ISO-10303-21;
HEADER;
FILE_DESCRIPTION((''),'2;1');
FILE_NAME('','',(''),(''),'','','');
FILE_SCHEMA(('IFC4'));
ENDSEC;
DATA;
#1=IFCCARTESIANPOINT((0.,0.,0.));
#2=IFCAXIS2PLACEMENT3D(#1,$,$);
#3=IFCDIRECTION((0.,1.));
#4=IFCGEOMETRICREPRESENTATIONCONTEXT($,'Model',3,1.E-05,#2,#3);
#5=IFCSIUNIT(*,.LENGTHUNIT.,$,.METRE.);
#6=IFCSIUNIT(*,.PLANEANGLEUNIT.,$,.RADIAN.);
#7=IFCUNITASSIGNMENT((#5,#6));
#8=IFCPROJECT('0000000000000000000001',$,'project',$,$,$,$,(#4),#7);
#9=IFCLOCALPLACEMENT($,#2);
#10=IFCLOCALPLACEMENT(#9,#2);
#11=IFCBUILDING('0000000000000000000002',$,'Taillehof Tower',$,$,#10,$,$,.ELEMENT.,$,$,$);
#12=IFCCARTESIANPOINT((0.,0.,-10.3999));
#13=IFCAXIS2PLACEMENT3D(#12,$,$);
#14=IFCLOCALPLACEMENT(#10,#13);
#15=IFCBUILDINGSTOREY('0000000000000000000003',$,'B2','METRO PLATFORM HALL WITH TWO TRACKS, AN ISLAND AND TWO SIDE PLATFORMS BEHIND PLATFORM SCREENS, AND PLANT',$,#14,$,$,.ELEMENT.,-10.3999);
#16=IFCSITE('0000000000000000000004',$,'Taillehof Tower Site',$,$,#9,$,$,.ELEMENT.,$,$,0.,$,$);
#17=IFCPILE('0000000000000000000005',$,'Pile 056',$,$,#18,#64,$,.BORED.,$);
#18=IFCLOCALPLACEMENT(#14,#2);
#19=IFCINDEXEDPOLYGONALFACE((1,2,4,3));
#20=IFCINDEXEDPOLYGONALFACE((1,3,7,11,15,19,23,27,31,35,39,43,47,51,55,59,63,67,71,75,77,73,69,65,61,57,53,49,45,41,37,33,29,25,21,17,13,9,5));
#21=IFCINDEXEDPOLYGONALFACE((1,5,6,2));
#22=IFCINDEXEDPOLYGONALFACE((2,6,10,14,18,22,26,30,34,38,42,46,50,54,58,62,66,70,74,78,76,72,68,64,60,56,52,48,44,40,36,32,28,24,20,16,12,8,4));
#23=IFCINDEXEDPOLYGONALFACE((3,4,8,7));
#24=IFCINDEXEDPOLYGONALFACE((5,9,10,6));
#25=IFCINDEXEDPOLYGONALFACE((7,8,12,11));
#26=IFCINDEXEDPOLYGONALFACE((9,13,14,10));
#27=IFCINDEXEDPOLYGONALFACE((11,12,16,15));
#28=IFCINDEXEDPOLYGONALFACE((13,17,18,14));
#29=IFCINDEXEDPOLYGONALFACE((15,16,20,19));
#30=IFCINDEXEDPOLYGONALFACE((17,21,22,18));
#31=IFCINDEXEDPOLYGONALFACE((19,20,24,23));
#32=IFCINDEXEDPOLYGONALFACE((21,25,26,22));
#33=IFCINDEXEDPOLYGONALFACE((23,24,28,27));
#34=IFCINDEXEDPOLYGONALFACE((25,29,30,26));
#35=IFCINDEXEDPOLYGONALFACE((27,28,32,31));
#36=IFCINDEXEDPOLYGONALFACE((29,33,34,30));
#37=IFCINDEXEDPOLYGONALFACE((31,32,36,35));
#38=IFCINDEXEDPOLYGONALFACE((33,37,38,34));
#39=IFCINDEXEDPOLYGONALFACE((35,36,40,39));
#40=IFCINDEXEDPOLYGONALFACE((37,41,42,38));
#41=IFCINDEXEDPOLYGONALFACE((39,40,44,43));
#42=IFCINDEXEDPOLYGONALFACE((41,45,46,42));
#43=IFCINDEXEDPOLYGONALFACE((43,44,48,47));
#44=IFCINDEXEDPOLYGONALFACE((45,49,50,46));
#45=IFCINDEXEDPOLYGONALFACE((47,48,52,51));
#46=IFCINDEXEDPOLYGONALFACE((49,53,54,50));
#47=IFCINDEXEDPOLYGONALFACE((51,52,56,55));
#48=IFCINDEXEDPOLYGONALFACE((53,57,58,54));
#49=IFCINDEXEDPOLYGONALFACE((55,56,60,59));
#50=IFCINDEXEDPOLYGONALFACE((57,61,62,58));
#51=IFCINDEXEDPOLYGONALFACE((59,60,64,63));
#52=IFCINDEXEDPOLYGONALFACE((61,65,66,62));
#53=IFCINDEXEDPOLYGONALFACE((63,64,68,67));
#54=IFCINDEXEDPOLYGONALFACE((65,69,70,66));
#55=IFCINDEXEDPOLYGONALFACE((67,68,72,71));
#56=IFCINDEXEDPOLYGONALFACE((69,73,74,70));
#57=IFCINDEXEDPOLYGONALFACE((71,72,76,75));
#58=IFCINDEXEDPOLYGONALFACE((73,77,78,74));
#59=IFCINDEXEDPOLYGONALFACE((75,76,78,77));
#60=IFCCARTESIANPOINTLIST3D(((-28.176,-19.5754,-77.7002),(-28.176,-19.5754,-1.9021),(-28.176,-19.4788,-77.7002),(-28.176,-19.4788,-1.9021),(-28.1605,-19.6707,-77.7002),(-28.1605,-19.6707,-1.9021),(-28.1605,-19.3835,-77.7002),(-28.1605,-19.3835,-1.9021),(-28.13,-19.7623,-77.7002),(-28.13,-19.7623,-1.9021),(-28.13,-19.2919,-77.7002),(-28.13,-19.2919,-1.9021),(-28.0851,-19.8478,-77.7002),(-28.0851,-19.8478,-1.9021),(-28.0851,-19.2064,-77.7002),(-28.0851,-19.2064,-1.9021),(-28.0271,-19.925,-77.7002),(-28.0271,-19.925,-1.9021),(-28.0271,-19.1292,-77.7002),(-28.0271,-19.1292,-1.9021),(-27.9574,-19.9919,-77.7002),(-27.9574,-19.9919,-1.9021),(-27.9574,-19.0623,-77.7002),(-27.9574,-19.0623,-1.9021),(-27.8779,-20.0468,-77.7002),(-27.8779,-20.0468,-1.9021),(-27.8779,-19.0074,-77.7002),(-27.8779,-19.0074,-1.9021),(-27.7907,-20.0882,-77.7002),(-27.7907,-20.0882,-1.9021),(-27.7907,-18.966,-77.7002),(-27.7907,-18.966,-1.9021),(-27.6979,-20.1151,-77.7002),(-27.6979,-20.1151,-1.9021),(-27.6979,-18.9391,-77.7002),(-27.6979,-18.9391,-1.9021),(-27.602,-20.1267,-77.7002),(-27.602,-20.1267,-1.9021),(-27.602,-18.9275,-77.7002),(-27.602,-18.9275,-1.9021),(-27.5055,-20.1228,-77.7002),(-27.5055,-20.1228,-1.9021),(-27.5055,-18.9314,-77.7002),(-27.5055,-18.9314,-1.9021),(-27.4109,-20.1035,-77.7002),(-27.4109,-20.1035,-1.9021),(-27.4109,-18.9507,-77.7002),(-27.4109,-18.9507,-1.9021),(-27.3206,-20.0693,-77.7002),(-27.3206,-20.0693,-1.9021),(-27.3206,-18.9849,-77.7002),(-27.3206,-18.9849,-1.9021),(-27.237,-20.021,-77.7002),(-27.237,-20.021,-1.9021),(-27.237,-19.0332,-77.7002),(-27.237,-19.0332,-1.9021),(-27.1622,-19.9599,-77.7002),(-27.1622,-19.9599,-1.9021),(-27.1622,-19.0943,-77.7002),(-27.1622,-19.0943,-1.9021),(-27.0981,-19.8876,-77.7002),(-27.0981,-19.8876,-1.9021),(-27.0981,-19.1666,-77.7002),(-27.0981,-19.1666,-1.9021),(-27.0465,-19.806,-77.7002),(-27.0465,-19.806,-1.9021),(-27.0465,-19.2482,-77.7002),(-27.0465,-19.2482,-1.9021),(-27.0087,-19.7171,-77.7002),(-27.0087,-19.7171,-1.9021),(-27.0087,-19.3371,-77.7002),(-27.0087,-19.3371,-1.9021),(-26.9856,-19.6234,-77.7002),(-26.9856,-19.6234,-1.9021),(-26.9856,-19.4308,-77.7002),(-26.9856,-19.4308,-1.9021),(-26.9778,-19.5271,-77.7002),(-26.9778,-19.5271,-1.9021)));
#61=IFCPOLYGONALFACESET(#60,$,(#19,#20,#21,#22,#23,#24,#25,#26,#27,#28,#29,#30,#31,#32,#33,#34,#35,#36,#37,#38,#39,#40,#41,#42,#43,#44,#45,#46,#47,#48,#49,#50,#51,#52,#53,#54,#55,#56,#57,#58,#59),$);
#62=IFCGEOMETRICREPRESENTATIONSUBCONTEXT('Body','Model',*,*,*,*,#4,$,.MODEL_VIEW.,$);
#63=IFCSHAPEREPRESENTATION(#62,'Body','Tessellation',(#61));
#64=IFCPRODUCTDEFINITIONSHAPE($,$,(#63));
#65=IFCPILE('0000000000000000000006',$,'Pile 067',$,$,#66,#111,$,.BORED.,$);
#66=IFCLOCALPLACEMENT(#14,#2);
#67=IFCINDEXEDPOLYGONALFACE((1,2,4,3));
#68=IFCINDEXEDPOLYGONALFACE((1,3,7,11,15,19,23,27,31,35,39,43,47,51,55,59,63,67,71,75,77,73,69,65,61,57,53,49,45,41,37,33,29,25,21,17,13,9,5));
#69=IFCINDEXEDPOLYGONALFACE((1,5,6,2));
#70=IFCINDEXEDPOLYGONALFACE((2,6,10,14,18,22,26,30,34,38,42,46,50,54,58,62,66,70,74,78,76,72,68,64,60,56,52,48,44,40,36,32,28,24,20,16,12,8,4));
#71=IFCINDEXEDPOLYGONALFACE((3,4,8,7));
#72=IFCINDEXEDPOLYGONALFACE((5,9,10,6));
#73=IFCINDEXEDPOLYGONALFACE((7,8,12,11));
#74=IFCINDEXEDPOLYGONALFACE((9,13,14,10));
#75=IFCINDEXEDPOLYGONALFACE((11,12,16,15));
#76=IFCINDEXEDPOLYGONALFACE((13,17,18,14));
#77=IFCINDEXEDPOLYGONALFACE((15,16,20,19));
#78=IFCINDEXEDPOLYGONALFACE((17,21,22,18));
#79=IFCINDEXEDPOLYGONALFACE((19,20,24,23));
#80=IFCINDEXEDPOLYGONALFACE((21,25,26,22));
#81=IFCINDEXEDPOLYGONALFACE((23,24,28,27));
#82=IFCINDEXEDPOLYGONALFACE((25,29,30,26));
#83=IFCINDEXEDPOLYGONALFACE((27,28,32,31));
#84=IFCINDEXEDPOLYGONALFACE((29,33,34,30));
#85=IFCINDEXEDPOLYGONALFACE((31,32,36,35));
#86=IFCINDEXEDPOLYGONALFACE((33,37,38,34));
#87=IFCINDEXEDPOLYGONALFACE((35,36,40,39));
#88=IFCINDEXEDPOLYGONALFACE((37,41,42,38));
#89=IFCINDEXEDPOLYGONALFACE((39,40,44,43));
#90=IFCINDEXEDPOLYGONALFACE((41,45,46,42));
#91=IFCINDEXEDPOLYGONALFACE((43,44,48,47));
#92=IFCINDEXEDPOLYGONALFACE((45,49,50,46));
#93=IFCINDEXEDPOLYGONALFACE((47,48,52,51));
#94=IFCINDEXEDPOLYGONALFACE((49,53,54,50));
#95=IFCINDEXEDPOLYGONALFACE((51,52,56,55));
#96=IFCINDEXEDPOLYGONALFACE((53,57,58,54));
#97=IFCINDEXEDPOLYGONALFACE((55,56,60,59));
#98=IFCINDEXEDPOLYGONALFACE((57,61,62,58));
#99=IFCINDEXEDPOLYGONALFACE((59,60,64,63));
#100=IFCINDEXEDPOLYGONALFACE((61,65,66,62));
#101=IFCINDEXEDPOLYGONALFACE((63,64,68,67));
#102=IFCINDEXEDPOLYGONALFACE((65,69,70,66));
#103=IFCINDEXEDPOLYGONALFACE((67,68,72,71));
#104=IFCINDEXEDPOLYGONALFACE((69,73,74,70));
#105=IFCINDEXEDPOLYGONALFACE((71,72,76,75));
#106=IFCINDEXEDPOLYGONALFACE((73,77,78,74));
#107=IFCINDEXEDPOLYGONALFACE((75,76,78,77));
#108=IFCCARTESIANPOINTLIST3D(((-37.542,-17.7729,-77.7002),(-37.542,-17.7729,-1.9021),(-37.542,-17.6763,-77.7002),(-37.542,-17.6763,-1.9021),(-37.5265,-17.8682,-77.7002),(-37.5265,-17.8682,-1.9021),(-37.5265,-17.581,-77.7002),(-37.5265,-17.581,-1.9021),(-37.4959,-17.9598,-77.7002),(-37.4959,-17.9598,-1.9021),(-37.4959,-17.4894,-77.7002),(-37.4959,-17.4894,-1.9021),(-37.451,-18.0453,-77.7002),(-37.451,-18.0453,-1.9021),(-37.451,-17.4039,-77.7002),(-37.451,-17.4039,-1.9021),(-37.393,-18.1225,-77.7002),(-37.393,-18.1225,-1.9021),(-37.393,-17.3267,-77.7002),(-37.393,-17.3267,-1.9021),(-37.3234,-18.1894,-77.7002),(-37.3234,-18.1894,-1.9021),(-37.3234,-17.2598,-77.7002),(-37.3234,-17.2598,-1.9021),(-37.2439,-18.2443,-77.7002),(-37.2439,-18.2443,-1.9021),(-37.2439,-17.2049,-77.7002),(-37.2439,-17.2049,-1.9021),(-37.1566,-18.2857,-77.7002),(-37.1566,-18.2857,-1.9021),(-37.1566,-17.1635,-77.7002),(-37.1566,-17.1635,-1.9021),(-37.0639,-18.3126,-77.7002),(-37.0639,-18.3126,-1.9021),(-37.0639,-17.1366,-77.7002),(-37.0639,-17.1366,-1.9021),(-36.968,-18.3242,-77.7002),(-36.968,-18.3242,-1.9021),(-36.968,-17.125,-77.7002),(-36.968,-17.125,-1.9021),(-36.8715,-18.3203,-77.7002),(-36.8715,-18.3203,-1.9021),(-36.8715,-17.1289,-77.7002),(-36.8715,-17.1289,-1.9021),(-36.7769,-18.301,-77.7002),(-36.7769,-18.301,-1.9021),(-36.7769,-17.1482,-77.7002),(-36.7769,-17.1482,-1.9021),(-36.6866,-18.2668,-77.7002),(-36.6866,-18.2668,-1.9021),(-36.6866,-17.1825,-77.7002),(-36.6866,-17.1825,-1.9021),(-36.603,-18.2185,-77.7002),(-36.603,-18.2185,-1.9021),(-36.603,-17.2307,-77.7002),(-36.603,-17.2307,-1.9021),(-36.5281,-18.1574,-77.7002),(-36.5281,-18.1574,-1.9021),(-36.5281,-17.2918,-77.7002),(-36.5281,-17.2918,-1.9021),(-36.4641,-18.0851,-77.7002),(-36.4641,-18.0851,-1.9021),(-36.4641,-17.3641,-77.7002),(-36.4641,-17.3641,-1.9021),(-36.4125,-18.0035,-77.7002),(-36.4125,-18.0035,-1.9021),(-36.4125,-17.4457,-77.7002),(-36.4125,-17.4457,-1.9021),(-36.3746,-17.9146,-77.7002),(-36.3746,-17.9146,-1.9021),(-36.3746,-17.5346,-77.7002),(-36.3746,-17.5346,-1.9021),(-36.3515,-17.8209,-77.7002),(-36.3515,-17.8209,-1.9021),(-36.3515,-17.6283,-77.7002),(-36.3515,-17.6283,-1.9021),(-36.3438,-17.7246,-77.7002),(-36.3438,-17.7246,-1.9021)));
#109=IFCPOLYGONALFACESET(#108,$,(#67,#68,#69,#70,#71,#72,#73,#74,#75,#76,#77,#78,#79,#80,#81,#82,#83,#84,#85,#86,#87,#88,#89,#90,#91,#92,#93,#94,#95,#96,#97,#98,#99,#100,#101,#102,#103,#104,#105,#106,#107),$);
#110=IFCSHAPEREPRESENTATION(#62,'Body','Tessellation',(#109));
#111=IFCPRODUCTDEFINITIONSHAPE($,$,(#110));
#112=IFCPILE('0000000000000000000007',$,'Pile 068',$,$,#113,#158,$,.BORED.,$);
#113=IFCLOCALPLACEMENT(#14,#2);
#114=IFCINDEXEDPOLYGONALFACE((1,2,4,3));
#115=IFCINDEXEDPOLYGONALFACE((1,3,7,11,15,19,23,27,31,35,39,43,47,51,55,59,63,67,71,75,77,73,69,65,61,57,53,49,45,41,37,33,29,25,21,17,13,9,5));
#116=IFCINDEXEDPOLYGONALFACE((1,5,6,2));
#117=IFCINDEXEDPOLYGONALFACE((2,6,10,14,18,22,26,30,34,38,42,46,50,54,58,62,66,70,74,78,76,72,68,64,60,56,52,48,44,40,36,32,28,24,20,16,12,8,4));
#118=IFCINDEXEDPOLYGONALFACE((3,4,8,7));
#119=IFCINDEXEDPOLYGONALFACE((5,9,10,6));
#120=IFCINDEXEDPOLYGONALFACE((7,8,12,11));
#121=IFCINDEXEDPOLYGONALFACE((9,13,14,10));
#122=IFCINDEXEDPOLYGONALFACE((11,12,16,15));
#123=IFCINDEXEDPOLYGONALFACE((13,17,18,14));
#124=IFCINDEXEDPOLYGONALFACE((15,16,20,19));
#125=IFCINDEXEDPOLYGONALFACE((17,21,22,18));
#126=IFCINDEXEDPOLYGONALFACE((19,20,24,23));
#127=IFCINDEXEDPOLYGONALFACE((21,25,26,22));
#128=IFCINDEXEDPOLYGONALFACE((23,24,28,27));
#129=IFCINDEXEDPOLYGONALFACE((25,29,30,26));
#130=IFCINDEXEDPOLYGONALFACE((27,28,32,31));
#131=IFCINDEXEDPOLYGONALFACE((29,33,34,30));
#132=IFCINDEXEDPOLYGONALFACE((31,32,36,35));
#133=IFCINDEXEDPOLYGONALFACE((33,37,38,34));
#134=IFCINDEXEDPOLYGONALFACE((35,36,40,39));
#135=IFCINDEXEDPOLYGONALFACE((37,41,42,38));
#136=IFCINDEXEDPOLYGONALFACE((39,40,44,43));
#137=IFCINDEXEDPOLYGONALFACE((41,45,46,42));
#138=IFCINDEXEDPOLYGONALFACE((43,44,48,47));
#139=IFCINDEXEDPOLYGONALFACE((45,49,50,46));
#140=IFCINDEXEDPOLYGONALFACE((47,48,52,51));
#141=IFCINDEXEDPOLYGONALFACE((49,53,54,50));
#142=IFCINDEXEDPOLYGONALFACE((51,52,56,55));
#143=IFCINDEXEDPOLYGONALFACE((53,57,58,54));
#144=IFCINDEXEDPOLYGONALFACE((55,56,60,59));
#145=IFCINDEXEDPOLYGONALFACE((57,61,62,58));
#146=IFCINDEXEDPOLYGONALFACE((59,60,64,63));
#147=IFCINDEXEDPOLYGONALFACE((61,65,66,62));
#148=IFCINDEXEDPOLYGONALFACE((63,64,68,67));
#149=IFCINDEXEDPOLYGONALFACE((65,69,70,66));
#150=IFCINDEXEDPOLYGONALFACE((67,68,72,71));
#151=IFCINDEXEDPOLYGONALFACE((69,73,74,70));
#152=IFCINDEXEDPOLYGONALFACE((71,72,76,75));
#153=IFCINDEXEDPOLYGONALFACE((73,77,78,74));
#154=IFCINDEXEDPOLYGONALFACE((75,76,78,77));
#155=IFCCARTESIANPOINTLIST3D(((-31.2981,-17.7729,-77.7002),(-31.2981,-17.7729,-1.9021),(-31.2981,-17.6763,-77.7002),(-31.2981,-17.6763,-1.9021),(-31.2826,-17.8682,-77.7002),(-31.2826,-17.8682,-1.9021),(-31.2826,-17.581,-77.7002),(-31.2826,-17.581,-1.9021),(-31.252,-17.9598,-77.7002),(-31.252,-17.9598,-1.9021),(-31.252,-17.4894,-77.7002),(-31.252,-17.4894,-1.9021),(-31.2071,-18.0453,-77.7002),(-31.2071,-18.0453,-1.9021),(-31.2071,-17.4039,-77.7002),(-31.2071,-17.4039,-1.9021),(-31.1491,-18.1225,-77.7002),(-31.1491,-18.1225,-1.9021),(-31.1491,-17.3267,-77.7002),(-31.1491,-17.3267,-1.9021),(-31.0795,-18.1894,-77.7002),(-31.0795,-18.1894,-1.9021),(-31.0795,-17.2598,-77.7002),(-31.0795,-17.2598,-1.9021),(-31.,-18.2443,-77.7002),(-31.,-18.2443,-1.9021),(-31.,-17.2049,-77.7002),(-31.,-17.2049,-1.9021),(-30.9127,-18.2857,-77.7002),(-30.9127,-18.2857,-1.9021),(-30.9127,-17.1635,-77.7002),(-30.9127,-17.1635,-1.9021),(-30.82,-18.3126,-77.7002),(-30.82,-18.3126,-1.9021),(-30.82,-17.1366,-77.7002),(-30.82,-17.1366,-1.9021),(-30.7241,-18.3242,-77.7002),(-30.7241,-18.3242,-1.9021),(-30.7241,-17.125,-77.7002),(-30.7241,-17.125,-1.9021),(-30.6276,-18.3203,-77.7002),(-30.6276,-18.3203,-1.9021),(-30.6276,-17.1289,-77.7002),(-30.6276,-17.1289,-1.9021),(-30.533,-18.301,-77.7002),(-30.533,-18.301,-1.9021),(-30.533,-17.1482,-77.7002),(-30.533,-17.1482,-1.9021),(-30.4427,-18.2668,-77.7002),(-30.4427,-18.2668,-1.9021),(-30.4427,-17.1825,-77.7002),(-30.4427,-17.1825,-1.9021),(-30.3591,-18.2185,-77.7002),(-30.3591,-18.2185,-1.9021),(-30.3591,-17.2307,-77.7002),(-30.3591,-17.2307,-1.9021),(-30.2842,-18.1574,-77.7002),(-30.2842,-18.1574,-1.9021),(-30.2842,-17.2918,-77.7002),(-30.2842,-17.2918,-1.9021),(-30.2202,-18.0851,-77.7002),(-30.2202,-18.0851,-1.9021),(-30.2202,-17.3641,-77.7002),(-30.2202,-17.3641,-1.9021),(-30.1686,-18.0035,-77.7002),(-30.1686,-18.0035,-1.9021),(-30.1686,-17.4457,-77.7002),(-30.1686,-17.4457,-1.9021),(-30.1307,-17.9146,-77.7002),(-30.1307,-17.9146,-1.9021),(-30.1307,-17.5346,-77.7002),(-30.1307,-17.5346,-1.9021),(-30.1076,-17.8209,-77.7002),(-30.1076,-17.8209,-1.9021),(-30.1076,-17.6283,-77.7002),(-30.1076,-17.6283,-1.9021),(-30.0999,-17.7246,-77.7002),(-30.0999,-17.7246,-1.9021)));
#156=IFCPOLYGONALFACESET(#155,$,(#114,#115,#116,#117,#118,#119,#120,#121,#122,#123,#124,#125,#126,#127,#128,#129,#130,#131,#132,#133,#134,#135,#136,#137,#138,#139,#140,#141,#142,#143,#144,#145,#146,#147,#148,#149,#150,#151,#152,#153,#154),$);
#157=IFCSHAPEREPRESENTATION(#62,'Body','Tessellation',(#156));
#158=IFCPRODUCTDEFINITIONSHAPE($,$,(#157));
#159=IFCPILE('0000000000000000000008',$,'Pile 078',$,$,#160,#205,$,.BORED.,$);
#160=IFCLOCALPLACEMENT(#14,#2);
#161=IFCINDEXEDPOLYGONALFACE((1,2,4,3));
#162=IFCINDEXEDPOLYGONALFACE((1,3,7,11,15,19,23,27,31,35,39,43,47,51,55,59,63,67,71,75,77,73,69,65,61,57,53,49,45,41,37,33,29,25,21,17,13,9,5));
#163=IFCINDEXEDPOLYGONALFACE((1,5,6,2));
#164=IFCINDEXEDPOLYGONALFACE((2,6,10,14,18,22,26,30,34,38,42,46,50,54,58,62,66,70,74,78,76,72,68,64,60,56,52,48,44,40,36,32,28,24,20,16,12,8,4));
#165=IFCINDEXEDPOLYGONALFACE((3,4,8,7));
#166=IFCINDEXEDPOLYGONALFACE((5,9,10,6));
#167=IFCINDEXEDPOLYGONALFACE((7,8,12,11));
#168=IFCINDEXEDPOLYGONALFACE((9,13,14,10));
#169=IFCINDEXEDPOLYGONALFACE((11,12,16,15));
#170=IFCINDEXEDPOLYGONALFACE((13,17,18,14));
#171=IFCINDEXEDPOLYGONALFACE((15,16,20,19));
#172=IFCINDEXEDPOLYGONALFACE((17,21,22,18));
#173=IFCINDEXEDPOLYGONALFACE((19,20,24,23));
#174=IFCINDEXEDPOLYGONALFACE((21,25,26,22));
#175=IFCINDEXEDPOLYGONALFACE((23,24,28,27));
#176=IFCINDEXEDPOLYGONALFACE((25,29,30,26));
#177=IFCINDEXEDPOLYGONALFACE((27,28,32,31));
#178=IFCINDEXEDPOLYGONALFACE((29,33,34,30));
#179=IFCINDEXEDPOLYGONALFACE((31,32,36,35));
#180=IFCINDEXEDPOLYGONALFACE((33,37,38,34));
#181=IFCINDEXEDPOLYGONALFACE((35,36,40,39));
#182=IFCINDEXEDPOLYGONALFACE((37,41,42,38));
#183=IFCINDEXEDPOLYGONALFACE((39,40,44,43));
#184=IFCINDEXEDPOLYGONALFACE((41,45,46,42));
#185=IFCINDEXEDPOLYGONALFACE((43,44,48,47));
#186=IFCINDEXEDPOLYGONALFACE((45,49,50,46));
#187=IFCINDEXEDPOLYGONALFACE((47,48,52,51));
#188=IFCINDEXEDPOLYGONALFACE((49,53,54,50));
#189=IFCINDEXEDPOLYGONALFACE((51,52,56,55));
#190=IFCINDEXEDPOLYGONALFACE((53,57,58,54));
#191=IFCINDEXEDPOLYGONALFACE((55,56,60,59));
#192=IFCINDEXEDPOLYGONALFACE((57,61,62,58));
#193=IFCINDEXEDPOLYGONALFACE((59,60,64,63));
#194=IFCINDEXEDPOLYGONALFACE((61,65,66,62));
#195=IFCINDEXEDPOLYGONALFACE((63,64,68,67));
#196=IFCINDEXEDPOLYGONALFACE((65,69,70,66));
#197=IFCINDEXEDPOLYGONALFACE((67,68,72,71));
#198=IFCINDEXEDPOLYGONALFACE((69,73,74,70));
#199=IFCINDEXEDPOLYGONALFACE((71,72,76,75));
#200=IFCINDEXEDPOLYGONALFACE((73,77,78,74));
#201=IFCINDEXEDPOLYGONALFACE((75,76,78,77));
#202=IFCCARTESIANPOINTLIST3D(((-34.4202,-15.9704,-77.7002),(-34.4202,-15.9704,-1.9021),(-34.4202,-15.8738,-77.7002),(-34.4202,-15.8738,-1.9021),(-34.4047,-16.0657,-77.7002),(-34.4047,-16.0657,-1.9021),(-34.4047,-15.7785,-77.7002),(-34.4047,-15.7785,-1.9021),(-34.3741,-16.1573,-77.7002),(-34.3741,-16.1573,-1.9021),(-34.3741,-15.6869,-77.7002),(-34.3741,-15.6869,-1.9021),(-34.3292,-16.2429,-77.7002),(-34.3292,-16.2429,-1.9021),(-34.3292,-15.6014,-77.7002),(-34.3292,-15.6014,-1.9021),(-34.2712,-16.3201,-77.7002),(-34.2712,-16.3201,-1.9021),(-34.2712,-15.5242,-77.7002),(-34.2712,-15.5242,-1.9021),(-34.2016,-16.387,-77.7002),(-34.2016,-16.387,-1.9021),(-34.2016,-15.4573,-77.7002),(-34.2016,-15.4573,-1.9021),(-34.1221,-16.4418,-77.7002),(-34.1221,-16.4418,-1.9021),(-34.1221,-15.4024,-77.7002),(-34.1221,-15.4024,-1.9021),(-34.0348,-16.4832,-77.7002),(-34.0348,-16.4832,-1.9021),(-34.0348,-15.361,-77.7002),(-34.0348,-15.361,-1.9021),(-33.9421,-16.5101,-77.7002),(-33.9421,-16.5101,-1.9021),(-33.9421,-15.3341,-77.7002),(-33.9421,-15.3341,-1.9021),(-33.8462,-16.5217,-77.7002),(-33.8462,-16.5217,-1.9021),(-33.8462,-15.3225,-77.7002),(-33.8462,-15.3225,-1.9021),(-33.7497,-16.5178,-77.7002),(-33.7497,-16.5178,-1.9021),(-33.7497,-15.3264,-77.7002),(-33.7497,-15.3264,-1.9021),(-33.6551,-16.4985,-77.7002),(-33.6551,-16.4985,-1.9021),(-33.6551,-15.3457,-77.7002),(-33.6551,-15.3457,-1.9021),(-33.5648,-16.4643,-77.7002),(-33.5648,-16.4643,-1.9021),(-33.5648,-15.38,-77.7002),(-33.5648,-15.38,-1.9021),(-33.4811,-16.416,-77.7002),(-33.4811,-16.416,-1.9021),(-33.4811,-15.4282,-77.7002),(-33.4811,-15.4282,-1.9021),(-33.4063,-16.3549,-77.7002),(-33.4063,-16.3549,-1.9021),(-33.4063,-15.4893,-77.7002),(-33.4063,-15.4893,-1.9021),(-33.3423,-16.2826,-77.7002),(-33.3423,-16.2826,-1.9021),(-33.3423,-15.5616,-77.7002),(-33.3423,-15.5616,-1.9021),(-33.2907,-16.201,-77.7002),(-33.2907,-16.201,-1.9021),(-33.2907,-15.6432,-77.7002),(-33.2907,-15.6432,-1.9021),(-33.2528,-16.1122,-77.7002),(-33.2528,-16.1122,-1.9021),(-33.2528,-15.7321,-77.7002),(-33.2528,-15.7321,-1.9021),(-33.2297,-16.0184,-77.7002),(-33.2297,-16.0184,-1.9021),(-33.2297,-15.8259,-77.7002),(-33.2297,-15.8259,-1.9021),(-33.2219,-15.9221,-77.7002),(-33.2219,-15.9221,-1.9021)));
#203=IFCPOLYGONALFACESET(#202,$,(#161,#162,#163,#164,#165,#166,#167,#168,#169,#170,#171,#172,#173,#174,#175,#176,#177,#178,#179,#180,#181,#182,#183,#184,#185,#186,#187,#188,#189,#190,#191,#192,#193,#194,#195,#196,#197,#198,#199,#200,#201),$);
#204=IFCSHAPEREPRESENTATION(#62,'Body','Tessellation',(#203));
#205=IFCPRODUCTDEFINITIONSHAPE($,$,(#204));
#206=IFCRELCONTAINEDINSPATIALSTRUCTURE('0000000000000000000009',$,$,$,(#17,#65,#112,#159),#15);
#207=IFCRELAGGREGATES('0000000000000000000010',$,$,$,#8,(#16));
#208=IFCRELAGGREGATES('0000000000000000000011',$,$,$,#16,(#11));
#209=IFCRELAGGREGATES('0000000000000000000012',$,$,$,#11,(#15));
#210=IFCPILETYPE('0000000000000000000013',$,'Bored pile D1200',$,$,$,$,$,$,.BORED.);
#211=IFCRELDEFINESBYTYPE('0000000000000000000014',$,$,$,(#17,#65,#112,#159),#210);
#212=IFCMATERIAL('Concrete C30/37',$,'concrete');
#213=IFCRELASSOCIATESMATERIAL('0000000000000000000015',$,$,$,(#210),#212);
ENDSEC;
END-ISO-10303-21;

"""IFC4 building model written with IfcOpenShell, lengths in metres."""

from ifc_helpers import new_model, si_unit, direction, frame, origin, origin_2d, place, context, subcontext, project, spatial, circle, extrude, material, material_profile, profile_set, type_object, element, save


model = new_model("IFC4")

# Units and contexts
model_context = context("Model", 3, precision=1e-05, world=origin(), true_north=direction((0.0, 1.0)))
body_context = subcontext(model_context, "Body", "Model", "MODEL_VIEW")
ifc_project = project(units=[si_unit("LENGTHUNIT", "METRE"), si_unit("PLANEANGLEUNIT", "RADIAN")], contexts=[model_context])

# Site, building, storey
site_placement = place(None, origin())
site = spatial("IfcSite", under=ifc_project, at=site_placement, Name="Taillehof Tower Site", CompositionType="ELEMENT", RefElevation=0.0)
building_placement = place(site_placement, origin())
building = spatial("IfcBuilding", under=site, at=building_placement, Name="Taillehof Tower", CompositionType="ELEMENT")
storey_placement = place(building_placement, frame((0.0, 0.0, -10.3999)))
storey = spatial("IfcBuildingStorey", under=building, at=storey_placement, Name="B2", Description="METRO PLATFORM HALL WITH TWO TRACKS, AN ISLAND AND TWO SIDE PLATFORMS BEHIND PLATFORM SCREENS, AND PLANT", CompositionType="ELEMENT", Elevation=-10.3999)

# Piles
ifc_material_1 = material(Name="Concrete C30/37", Category="concrete")
ifc_material_profile_1 = material_profile(ifc_material_1, circle(Radius=0.6001, at=origin_2d()), Name="BP D1200")
ifc_profile_set_1 = profile_set([ifc_material_profile_1], Name="Concrete C30/37")
pile_type = type_object("IfcPileType", Name="Bored pile D1200", PredefinedType="BORED", material=ifc_profile_set_1)
for number, where, z_axis, x_axis, name in (
    (1, (-27.5779, -19.5271, -1.9021), (0.0, 0.0, -1.0), (1.0, 0.0, 0.0), "Pile 056"),
    (2, (-36.9438, -17.7246, -1.9021), (0.0, 0.0, -1.0), (1.0, 0.0, 0.0), "Pile 067"),
    (3, (-30.7, -17.7246, -1.9021), (0.0, 0.0, -1.0), (1.0, 0.0, 0.0), "Pile 068"),
    (4, (-33.822, -15.9221, -1.9021), (0.0, 0.0, -1.0), (1.0, 0.0, 0.0), "Pile 078"),
):
    element("IfcPile", number, at=place(storey_placement, frame(where, z_axis=z_axis, x_axis=x_axis)), inside=storey, type_object=pile_type, Name=name, PredefinedType="BORED", context=body_context, shape_type="SweptSolid", body=[
        extrude(circle(Radius=0.6001, at=origin_2d()), origin(), (0.0, 0.0, 1.0), 75.7981),
    ])

save(model, "model.ifc")
